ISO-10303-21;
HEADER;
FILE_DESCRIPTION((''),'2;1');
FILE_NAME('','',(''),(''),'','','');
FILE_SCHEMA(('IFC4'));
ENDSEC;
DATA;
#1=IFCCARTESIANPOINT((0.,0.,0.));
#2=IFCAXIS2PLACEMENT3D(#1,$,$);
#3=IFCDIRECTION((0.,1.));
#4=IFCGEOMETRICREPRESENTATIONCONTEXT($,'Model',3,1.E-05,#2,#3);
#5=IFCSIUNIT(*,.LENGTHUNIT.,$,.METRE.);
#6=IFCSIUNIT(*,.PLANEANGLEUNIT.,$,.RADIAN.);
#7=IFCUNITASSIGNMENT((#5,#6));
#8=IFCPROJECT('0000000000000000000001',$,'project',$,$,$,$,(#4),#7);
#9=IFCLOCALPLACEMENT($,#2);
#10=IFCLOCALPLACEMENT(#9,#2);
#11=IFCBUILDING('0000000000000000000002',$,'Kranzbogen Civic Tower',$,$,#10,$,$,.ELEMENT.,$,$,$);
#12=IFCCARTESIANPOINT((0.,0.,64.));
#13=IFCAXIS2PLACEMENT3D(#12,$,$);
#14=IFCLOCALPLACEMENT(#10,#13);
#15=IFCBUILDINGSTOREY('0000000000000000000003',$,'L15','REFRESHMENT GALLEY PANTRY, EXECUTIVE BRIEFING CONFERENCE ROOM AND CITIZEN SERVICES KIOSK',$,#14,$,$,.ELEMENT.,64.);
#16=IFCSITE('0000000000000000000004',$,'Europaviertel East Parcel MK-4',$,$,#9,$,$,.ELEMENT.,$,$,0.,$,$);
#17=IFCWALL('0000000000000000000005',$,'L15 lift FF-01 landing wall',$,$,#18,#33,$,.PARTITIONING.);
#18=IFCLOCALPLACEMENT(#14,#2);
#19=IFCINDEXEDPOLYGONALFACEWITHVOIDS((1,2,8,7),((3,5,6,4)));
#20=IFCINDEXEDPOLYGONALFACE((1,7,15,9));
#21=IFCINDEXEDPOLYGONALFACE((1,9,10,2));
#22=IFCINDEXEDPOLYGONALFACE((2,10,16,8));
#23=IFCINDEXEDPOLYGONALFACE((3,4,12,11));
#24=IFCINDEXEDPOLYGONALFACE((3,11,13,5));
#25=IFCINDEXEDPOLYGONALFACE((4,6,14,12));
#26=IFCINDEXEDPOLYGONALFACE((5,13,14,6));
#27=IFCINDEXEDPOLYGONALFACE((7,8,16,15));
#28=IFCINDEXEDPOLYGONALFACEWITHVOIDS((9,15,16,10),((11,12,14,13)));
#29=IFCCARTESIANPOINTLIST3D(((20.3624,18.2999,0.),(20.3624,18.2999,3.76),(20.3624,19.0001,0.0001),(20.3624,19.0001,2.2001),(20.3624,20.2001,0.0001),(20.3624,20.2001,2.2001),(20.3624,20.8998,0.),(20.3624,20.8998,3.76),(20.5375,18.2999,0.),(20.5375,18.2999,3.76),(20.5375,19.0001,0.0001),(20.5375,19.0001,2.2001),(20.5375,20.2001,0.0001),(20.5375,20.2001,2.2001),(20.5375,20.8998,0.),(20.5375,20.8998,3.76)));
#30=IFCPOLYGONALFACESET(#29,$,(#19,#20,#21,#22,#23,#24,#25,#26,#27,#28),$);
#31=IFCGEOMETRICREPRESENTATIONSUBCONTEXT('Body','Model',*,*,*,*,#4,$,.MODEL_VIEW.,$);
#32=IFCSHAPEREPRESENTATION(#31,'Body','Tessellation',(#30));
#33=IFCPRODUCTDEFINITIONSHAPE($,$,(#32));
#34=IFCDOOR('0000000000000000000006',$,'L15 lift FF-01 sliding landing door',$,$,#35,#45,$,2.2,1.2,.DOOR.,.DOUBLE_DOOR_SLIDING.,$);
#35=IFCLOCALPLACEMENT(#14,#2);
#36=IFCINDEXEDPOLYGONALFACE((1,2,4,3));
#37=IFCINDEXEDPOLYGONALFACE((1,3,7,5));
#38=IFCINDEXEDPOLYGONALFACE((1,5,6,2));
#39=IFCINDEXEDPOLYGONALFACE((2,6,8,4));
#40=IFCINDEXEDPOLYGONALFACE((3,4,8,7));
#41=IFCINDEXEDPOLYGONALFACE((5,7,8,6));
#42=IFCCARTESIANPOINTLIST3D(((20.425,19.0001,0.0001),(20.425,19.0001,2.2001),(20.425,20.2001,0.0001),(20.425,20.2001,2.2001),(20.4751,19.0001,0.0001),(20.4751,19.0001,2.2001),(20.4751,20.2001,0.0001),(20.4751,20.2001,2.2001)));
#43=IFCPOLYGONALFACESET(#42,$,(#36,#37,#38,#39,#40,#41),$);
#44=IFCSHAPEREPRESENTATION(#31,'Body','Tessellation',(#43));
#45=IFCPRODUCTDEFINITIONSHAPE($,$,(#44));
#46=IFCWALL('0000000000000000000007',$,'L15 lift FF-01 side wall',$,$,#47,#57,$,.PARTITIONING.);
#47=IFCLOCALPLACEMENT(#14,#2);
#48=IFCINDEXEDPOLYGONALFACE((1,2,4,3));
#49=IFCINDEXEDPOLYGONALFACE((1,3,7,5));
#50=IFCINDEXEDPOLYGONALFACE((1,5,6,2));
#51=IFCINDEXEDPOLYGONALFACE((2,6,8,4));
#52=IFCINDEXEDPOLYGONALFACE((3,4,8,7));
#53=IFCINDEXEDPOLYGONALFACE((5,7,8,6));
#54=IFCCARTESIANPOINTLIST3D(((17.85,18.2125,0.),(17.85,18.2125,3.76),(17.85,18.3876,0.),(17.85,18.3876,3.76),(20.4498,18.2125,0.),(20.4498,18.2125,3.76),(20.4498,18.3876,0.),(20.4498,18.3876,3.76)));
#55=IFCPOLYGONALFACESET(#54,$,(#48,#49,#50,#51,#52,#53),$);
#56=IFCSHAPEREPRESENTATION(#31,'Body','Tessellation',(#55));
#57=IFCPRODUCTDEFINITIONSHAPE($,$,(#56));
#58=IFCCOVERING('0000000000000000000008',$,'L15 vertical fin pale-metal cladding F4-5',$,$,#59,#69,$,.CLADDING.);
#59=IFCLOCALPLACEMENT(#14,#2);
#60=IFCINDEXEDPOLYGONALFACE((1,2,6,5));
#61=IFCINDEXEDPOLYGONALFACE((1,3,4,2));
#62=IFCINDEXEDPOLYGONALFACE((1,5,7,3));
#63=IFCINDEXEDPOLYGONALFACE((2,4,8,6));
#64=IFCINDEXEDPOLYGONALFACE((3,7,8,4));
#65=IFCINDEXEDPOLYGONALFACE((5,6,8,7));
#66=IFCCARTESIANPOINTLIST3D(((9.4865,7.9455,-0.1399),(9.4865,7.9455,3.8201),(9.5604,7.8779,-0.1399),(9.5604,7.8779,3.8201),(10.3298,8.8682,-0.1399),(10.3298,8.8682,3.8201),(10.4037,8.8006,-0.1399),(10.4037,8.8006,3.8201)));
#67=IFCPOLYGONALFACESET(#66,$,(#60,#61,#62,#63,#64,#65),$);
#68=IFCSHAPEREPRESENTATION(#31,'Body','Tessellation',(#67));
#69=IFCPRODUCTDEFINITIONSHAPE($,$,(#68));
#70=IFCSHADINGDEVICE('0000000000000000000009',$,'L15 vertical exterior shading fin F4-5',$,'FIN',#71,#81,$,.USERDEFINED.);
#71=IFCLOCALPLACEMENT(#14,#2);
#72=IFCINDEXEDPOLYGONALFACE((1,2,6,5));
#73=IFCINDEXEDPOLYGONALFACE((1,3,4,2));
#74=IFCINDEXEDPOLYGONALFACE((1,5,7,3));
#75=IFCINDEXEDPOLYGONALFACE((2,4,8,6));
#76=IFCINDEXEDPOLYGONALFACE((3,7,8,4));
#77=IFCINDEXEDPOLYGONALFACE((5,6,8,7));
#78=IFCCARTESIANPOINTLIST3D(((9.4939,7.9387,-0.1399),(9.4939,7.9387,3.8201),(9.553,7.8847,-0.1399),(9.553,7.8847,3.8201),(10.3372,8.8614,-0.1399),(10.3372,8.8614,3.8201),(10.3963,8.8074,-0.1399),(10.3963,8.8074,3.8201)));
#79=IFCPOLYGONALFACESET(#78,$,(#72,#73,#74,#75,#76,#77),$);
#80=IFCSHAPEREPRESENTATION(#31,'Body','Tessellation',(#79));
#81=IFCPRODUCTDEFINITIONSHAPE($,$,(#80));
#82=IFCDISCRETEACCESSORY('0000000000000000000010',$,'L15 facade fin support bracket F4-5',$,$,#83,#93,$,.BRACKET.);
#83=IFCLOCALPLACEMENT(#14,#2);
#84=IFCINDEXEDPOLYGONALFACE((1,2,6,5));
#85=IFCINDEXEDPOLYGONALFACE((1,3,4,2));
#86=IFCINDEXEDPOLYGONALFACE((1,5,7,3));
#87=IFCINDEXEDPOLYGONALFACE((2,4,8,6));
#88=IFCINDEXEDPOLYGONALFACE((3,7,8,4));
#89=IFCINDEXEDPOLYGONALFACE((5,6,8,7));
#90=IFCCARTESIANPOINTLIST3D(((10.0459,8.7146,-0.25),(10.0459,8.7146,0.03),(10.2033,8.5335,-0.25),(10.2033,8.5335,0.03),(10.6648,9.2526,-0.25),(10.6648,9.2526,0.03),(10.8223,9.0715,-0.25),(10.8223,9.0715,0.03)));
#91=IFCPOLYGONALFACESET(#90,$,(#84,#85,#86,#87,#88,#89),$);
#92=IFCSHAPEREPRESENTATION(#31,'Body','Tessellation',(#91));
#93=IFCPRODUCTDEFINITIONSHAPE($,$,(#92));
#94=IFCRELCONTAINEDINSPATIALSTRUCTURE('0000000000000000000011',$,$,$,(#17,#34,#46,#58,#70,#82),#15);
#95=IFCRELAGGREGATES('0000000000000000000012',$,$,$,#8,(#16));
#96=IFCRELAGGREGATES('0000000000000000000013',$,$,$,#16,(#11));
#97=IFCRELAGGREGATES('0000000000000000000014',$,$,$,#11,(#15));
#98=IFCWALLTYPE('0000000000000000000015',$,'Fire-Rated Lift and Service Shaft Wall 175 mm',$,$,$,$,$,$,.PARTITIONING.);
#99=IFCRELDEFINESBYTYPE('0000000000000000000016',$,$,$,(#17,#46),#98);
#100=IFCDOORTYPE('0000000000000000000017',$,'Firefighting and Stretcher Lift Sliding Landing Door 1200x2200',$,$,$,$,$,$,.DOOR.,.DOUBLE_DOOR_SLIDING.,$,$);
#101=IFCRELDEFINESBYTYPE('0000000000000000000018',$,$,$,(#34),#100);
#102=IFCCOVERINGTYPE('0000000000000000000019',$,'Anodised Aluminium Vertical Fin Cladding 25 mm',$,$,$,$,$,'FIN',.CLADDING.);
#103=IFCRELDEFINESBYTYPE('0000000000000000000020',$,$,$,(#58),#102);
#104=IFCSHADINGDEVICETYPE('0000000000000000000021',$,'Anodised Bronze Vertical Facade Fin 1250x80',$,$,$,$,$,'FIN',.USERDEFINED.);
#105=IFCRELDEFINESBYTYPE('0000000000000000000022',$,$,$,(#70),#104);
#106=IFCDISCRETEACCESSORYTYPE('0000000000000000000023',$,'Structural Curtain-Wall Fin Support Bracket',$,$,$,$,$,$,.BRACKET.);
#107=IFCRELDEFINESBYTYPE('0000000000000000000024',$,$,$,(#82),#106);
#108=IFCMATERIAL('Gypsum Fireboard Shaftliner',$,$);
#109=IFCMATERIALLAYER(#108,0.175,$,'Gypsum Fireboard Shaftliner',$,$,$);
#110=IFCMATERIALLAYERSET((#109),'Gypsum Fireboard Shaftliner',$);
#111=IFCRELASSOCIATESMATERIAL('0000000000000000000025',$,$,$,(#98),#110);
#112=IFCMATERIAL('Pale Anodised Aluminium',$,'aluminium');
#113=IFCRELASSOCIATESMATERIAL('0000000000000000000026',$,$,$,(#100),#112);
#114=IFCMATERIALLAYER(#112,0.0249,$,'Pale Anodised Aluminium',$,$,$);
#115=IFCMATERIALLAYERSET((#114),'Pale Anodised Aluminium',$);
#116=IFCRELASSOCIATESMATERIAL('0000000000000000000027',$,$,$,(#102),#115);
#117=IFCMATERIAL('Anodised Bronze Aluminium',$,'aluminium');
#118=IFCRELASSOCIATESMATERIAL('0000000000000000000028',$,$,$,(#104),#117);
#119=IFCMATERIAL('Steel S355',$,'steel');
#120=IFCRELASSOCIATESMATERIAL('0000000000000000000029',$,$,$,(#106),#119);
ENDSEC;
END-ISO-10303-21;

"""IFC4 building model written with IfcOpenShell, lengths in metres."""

from ifc_helpers import new_model, si_unit, direction, frame, frame_2d, origin, origin_2d, place, context, subcontext, project, spatial, rectangle, extrude, material, layer, layer_set, type_object, element, fill, save


model = new_model("IFC4")

# Units and contexts
model_context = context("Model", 3, precision=1e-05, world=origin(), true_north=direction((0.0, 1.0)))
body_context = subcontext(model_context, "Body", "Model", "MODEL_VIEW")
ifc_project = project(units=[si_unit("LENGTHUNIT", "METRE"), si_unit("PLANEANGLEUNIT", "RADIAN")], contexts=[model_context])

# Site, building, storey
site_placement = place(None, origin())
site = spatial("IfcSite", under=ifc_project, at=site_placement, Name="Europaviertel East Parcel MK-4", CompositionType="ELEMENT", RefElevation=0.0)
building_placement = place(site_placement, origin())
building = spatial("IfcBuilding", under=site, at=building_placement, Name="Kranzbogen Civic Tower", CompositionType="ELEMENT")
storey_placement = place(building_placement, frame((0.0, 0.0, 64.0)))
storey = spatial("IfcBuildingStorey", under=building, at=storey_placement, Name="L15", Description="REFRESHMENT GALLEY PANTRY, EXECUTIVE BRIEFING CONFERENCE ROOM AND CITIZEN SERVICES KIOSK", CompositionType="ELEMENT", Elevation=64.0)

# Shared definitions
ifc_material_1 = material(Name="Pale Anodised Aluminium", Category="aluminium")

# Shared definitions
ifc_material_2 = material(Name="Steel S355", Category="steel")

# Wall, opening, door
ifc_material_3 = material(Name="Gypsum Fireboard Shaftliner")
ifc_layer_1 = layer(ifc_material_3, 0.175, Name="Gypsum Fireboard Shaftliner")
ifc_layer_set_1 = layer_set([ifc_layer_1], Name="Gypsum Fireboard Shaftliner")
wall_type_1 = type_object("IfcWallType", Name="Fire-Rated Lift and Service Shaft Wall 175 mm", PredefinedType="PARTITIONING", material=ifc_layer_set_1)
wall_1_placement = place(storey_placement, frame((20.45, 18.3, 0.0), z_axis=(0.0, 0.0, 1.0), x_axis=(0.0, 1.0, 0.0)))
wall_1 = element("IfcWall", 1, at=wall_1_placement, inside=storey, type_object=wall_type_1, Name="L15 lift FF-01 landing wall", PredefinedType="PARTITIONING", context=body_context, shape_type="SweptSolid", body=[
    extrude(rectangle(XDim=2.5999, YDim=0.175, at=frame_2d((1.2998, 0.0))), origin(), (0.0, 0.0, 1.0), 3.76),
])
opening_1_placement = place(wall_1_placement, frame((0.7, 0.0, 0.0)))
opening_1 = element("IfcOpeningElement", 2, at=opening_1_placement, cuts=wall_1, PredefinedType="OPENING", context=body_context, shape_type="SweptSolid", body=[
    extrude(rectangle(XDim=1.2, YDim=2.2, at=frame_2d((0.6001, 1.1001))), frame((0.0, 0.0977, 0.0), z_axis=(0.0, -1.0, 0.0), x_axis=(1.0, 0.0, 0.0)), (0.0, 0.0, 1.0), 0.1951),
])
door_type_1 = type_object("IfcDoorType", Name="Firefighting and Stretcher Lift Sliding Landing Door 1200x2200", OperationType="DOUBLE_DOOR_SLIDING", PredefinedType="DOOR", material=ifc_material_1)
door_1_placement = place(opening_1_placement, origin())
door_1 = element("IfcDoor", 3, at=door_1_placement, inside=storey, type_object=door_type_1, Name="L15 lift FF-01 sliding landing door", OperationType="DOUBLE_DOOR_SLIDING", OverallHeight=2.2, OverallWidth=1.2, PredefinedType="DOOR", context=body_context, shape_type="SweptSolid", body=[
    extrude(rectangle(XDim=1.2, YDim=2.2, at=frame_2d((0.6001, 1.1001))), frame((0.0, 0.0249, 0.0), z_axis=(0.0, -1.0, 0.0), x_axis=(1.0, 0.0, 0.0)), (0.0, 0.0, 1.0), 0.05),
])
fill(opening_1, door_1)

# Wall
wall_2_placement = place(storey_placement, frame((17.8501, 18.3, 0.0), z_axis=(0.0, 0.0, 1.0), x_axis=(1.0, 0.0, 0.0)))
element("IfcWall", 4, at=wall_2_placement, inside=storey, type_object=wall_type_1, Name="L15 lift FF-01 side wall", PredefinedType="PARTITIONING", context=body_context, shape_type="SweptSolid", body=[
    extrude(rectangle(XDim=2.5999, YDim=0.175, at=frame_2d((1.2998, 0.0))), origin(), (0.0, 0.0, 1.0), 3.76),
])

# Covering
ifc_layer_2 = layer(ifc_material_1, 0.0249, Name="Pale Anodised Aluminium")
ifc_layer_set_2 = layer_set([ifc_layer_2], Name="Pale Anodised Aluminium")
covering_type = type_object("IfcCoveringType", Name="Anodised Aluminium Vertical Fin Cladding 25 mm", ElementType="FIN", PredefinedType="CLADDING", material=ifc_layer_set_2)
covering_placement = place(storey_placement, frame((9.9451, 8.373, -0.1399), z_axis=(0.0, 0.0, 1.0), x_axis=(-0.674625, -0.738161, 0.0)))
element("IfcCovering", 5, at=covering_placement, inside=storey, type_object=covering_type, Name="L15 vertical fin pale-metal cladding F4-5", PredefinedType="CLADDING", context=body_context, shape_type="SweptSolid", body=[
    extrude(rectangle(XDim=1.25, YDim=0.1001, at=origin_2d()), origin(), (0.0, 0.0, 1.0), 3.96),
])

# Shading device
ifc_material_4 = material(Name="Anodised Bronze Aluminium", Category="aluminium")
shading_device_type = type_object("IfcShadingDeviceType", Name="Anodised Bronze Vertical Facade Fin 1250x80", ElementType="FIN", PredefinedType="USERDEFINED", material=ifc_material_4)
shading_device_placement = place(storey_placement, frame((9.9451, 8.373, -0.1399), z_axis=(0.0, 0.0, 1.0), x_axis=(-0.674625, -0.738161, 0.0)))
element("IfcShadingDevice", 6, at=shading_device_placement, inside=storey, type_object=shading_device_type, Name="L15 vertical exterior shading fin F4-5", ObjectType="FIN", PredefinedType="USERDEFINED", context=body_context, shape_type="SweptSolid", body=[
    extrude(rectangle(XDim=1.25, YDim=0.0801, at=origin_2d()), origin(), (0.0, 0.0, 1.0), 3.96),
])

# Discrete accessory
discrete_accessory_type = type_object("IfcDiscreteAccessoryType", Name="Structural Curtain-Wall Fin Support Bracket", PredefinedType="BRACKET", material=ifc_material_2)
discrete_accessory_placement = place(storey_placement, frame((10.4341, 8.8931, -0.25), z_axis=(0.0, 0.0, 1.0), x_axis=(-0.75471, -0.656059, 0.0)))
element("IfcDiscreteAccessory", 7, at=discrete_accessory_placement, inside=storey, type_object=discrete_accessory_type, Name="L15 facade fin support bracket F4-5", PredefinedType="BRACKET", context=body_context, shape_type="SweptSolid", body=[
    extrude(rectangle(XDim=0.8201, YDim=0.24, at=origin_2d()), origin(), (0.0, 0.0, 1.0), 0.28),
])

save(model, "model.ifc")
